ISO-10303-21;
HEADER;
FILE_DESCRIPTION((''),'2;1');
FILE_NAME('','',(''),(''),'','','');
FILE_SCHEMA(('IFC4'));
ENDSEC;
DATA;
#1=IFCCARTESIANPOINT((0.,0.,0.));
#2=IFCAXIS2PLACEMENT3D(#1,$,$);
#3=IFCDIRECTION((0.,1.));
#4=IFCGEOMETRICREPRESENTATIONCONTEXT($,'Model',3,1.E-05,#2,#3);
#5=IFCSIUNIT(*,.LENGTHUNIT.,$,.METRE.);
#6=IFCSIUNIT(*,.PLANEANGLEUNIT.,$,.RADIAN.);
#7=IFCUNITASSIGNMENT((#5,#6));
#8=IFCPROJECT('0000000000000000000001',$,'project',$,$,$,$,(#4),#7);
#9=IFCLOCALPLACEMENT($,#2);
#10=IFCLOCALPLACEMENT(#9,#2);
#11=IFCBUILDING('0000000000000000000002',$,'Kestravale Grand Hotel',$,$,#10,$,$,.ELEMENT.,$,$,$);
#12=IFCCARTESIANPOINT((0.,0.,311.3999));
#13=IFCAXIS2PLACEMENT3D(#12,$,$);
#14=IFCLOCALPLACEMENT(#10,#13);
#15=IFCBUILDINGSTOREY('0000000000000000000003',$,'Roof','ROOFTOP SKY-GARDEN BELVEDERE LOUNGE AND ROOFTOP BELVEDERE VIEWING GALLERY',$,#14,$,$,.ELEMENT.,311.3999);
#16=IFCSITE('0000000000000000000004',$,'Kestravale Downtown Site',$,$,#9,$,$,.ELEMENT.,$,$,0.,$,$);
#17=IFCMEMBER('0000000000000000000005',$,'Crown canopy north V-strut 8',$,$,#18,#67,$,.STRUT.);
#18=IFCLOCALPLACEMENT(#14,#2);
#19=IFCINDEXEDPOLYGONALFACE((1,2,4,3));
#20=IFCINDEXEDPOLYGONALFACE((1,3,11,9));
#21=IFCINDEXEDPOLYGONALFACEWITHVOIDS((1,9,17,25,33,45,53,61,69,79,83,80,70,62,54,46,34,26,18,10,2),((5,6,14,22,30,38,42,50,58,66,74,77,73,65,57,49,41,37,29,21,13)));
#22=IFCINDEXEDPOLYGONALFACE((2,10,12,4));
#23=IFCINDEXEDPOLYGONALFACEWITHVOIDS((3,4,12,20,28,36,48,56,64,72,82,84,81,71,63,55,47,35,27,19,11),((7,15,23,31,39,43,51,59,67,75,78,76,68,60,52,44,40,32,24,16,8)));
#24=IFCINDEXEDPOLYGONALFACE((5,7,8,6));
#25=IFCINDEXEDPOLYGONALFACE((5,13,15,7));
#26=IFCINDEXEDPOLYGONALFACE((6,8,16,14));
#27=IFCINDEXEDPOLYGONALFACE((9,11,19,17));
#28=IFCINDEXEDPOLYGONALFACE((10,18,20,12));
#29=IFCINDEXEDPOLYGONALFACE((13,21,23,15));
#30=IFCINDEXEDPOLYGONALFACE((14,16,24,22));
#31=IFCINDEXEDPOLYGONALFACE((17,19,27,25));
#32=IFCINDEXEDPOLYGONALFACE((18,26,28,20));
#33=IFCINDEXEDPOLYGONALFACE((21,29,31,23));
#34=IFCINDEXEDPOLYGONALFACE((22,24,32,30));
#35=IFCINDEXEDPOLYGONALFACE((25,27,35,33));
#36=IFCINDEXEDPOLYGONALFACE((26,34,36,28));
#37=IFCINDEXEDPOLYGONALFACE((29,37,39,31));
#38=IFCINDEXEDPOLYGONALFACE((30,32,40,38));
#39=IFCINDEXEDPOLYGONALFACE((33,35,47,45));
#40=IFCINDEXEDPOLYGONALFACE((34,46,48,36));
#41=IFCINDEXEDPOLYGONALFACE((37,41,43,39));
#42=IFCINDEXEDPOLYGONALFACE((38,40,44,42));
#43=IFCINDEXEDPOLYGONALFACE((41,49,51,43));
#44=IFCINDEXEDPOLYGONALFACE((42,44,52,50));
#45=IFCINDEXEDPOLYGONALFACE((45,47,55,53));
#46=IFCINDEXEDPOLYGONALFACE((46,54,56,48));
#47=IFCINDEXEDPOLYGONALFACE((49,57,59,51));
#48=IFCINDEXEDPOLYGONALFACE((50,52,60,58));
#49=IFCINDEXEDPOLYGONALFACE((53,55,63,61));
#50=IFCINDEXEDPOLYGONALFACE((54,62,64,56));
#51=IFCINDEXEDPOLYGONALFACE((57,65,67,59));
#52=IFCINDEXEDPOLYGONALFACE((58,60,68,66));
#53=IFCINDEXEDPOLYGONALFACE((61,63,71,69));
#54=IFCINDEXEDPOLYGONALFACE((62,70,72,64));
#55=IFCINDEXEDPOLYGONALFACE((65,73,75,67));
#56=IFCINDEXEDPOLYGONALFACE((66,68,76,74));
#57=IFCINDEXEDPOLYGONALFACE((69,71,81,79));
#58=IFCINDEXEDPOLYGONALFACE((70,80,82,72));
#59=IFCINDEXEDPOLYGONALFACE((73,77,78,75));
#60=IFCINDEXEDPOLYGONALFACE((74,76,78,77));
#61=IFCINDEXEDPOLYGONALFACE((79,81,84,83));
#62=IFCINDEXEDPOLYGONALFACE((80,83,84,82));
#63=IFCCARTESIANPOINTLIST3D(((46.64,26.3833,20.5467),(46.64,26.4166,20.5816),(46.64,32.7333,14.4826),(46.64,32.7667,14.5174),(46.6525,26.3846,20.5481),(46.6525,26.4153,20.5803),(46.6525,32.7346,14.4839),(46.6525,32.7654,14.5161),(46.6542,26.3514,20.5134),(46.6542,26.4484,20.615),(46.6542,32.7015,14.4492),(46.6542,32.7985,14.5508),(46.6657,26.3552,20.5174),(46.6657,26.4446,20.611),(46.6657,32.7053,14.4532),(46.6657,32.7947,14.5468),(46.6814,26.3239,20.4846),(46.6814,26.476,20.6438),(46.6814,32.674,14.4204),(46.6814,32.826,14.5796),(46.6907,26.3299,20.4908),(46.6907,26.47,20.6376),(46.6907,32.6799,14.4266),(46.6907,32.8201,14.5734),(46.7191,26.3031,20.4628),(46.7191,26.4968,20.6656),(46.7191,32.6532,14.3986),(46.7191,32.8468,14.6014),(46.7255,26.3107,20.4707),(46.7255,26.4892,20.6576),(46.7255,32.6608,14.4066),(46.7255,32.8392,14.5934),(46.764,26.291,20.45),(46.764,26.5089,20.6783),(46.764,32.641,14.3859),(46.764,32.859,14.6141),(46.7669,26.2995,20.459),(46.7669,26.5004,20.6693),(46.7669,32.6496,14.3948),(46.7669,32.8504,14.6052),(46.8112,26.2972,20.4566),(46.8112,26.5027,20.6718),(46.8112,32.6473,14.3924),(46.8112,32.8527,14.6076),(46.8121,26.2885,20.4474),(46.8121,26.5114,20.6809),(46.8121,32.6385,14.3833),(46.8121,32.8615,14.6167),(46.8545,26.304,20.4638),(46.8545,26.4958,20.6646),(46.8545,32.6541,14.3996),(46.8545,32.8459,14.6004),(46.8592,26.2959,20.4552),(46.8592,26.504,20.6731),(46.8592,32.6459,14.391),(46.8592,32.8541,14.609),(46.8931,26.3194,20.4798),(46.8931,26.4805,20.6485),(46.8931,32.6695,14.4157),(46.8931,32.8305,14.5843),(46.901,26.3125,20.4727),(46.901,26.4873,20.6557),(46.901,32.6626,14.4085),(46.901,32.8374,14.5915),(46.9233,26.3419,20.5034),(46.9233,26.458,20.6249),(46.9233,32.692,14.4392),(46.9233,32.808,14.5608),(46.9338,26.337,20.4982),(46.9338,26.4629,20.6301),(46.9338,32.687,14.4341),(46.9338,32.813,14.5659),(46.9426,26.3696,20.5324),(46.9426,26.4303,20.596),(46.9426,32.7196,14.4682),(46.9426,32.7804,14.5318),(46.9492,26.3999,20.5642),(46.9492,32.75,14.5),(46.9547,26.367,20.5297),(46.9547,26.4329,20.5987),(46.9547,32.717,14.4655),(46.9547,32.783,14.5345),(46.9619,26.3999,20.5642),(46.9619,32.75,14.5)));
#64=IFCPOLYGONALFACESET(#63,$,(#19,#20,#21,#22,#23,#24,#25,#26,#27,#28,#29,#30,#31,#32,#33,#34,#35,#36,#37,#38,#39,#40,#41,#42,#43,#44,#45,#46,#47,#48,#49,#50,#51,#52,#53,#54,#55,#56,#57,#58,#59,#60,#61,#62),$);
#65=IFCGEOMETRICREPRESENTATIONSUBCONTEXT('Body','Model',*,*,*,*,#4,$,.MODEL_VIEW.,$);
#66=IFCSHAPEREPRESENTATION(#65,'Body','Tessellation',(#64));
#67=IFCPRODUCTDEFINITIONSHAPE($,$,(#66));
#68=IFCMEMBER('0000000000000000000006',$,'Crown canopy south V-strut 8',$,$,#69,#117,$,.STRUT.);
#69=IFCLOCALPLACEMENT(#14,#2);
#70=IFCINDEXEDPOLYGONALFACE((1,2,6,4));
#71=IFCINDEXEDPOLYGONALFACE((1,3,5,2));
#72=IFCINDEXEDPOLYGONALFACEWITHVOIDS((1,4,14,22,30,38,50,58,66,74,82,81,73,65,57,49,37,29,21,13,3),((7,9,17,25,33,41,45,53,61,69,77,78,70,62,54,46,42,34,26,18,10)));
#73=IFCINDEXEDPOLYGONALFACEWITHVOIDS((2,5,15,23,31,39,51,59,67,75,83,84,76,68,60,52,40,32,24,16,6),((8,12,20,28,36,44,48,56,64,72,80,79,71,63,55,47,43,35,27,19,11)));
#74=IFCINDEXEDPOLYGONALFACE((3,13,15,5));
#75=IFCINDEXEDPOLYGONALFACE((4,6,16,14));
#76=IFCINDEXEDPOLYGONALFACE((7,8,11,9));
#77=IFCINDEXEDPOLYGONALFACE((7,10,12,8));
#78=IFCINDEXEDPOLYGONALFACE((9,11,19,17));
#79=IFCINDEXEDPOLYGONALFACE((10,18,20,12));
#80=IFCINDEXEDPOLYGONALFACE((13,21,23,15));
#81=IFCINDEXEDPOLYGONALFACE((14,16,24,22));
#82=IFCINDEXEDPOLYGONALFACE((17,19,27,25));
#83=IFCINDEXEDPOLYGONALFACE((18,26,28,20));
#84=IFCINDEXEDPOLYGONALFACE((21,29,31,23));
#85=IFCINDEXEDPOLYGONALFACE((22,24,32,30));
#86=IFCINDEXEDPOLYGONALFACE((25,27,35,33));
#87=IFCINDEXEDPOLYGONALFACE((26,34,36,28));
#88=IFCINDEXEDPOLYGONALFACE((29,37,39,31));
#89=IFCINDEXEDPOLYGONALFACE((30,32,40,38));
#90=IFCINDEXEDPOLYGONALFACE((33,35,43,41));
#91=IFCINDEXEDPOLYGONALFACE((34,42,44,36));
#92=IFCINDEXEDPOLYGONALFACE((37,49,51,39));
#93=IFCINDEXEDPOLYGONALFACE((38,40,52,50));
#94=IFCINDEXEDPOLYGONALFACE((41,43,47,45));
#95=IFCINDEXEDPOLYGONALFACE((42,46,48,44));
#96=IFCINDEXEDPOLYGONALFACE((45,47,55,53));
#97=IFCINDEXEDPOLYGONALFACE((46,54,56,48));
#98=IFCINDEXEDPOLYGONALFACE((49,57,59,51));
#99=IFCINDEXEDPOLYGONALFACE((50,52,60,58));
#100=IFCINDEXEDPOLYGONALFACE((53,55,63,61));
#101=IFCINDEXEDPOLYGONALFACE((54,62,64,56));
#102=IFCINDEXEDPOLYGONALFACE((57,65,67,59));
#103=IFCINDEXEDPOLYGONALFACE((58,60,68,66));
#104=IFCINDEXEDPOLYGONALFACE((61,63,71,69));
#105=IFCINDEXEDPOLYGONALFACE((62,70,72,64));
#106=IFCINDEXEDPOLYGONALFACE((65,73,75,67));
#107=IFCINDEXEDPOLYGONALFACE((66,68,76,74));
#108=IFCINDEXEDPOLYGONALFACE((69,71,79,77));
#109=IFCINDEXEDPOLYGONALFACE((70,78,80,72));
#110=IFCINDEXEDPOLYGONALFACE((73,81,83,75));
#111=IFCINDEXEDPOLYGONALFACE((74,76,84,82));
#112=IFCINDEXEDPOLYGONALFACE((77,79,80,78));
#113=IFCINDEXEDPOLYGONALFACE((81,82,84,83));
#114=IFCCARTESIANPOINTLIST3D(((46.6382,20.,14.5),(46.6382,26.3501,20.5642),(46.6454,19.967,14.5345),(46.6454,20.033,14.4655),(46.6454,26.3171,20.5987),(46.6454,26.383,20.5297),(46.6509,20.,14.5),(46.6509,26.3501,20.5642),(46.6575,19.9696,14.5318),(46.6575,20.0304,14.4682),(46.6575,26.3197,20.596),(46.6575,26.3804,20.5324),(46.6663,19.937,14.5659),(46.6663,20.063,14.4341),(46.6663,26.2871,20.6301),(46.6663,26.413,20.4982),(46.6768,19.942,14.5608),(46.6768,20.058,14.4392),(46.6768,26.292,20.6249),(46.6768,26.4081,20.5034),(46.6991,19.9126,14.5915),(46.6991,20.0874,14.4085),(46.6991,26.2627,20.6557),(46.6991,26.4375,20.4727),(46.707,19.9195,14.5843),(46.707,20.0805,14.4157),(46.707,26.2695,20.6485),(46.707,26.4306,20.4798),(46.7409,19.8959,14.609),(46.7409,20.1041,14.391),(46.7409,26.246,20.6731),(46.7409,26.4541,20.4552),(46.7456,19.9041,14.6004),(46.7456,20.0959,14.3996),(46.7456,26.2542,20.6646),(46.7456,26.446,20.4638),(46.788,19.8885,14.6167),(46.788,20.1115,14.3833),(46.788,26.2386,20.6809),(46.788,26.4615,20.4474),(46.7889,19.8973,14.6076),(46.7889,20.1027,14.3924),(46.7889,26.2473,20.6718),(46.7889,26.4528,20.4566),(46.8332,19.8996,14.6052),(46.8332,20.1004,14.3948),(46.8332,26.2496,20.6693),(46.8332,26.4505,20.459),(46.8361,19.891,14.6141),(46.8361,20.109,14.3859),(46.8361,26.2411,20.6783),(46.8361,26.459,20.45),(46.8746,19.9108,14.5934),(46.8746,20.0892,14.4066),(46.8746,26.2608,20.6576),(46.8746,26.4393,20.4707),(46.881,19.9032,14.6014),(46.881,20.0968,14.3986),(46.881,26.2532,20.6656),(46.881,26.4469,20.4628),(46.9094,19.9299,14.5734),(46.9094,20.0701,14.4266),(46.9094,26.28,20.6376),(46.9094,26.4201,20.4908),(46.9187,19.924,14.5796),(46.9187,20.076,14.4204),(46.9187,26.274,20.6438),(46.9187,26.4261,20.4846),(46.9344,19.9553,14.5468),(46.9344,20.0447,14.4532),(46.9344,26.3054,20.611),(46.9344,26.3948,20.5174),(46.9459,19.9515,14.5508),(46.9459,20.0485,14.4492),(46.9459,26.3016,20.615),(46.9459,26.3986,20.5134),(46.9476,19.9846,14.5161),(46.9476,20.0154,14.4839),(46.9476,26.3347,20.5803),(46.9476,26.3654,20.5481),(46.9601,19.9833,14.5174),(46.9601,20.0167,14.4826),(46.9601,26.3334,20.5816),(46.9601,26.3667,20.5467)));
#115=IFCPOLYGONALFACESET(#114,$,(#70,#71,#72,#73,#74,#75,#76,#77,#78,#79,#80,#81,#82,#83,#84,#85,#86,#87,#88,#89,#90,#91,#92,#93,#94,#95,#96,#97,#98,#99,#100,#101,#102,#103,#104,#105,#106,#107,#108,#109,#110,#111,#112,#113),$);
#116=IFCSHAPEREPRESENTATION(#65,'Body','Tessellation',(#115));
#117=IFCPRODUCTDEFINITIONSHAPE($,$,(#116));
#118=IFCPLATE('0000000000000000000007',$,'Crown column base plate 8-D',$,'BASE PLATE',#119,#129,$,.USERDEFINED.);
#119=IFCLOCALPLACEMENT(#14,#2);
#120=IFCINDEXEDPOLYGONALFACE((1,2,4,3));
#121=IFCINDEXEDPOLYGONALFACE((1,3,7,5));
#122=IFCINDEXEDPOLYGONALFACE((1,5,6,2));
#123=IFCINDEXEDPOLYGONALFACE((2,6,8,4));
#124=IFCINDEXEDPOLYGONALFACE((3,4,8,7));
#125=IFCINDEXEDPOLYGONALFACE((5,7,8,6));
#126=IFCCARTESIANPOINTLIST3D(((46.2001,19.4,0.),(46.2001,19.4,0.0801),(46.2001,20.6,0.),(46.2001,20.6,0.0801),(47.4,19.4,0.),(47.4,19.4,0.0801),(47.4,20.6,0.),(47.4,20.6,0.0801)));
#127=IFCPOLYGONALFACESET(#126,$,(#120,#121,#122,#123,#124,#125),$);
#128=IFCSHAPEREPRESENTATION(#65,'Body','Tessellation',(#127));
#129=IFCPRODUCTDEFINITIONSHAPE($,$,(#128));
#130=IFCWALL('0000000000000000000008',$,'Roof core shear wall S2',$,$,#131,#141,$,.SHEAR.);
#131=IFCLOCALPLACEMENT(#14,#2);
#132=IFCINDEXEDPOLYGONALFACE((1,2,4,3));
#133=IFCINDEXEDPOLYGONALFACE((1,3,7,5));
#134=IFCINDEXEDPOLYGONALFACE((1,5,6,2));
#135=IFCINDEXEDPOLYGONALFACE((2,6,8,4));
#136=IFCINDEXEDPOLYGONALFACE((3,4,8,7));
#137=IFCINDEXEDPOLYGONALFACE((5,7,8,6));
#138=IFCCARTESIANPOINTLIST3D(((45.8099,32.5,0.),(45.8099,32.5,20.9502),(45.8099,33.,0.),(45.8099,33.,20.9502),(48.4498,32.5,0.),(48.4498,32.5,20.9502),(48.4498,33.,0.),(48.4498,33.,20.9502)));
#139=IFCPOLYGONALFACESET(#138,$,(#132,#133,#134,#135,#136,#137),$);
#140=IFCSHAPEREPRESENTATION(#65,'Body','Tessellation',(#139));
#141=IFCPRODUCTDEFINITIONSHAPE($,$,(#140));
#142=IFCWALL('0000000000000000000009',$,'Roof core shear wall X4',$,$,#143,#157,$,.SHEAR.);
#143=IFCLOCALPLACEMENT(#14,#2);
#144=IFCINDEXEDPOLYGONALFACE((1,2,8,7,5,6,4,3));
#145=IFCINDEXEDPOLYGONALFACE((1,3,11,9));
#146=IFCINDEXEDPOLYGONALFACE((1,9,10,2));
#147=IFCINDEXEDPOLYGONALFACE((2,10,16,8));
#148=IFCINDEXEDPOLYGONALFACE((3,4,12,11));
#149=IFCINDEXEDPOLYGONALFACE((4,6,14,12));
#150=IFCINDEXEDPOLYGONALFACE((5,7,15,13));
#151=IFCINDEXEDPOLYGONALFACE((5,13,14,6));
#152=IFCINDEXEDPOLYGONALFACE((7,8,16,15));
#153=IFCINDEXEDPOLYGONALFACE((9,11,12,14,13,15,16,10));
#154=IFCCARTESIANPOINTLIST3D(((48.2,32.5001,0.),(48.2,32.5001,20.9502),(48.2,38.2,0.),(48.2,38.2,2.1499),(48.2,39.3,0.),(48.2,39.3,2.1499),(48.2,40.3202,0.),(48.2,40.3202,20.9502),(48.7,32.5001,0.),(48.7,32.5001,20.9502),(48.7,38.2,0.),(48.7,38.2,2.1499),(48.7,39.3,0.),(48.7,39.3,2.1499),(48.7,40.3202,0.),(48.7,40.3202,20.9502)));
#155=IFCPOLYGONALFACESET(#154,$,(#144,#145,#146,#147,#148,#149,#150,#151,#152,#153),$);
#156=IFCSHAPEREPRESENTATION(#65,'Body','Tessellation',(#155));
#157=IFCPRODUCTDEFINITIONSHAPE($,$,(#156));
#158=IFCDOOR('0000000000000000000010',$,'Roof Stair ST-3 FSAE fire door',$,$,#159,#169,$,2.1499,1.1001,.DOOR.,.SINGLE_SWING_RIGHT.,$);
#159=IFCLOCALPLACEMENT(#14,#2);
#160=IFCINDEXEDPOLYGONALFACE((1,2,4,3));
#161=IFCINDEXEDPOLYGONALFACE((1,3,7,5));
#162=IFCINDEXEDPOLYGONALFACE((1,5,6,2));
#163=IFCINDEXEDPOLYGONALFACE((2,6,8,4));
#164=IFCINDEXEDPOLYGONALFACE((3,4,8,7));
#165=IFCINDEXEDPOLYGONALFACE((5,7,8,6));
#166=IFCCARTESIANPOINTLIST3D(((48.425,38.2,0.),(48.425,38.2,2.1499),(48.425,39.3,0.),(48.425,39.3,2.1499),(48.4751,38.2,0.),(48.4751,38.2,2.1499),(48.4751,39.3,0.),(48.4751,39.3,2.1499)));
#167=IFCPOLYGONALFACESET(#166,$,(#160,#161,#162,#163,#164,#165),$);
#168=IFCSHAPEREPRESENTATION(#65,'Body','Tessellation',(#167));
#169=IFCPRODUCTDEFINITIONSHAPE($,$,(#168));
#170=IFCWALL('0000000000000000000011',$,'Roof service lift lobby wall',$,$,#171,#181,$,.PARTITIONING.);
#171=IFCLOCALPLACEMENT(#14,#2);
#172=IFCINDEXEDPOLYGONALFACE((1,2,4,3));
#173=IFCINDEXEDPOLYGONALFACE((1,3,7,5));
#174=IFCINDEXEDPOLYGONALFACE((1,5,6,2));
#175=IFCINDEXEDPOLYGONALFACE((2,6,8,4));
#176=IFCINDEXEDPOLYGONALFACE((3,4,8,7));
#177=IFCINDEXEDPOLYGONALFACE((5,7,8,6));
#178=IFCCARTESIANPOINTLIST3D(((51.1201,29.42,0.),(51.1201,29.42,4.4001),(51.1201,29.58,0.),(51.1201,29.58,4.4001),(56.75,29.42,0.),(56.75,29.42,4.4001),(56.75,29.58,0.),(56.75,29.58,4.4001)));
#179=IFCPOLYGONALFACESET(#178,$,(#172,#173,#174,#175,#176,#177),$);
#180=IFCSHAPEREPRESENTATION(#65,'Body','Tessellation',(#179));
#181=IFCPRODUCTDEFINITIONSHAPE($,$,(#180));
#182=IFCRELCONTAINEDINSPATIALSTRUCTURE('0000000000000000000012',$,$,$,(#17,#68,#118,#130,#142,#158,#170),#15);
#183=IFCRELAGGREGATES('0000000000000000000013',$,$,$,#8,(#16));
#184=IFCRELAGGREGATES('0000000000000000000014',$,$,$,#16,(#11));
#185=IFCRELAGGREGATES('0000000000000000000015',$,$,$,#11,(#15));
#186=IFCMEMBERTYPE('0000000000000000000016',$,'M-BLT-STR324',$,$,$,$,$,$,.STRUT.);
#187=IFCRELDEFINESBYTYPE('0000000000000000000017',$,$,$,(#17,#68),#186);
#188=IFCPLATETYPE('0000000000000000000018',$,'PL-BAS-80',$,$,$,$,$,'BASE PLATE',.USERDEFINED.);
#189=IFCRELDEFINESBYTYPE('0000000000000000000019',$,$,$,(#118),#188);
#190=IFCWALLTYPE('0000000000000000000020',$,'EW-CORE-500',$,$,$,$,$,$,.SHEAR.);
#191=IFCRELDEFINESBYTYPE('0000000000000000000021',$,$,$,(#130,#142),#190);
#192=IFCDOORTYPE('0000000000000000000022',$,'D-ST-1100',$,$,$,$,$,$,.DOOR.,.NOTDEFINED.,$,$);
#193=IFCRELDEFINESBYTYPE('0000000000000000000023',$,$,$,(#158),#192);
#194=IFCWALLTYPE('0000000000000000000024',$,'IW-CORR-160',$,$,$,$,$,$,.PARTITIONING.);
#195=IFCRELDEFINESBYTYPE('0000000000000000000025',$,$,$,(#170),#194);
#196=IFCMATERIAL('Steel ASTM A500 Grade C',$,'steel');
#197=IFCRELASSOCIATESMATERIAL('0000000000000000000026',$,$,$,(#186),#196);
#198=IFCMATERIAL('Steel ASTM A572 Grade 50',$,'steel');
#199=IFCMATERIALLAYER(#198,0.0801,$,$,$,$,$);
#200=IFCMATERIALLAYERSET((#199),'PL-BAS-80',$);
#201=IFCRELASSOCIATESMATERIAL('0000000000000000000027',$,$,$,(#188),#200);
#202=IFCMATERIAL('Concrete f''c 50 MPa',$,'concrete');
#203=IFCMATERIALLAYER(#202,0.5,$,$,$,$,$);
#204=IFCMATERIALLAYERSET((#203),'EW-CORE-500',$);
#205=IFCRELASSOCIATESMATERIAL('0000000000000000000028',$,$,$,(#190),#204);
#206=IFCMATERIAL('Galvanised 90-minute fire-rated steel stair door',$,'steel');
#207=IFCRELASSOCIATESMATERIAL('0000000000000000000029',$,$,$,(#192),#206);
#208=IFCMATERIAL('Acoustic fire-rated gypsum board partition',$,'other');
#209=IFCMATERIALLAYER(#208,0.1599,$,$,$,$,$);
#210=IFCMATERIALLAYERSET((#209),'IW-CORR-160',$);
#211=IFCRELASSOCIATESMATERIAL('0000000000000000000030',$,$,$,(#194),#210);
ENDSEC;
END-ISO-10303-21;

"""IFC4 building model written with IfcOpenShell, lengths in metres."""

from ifc_helpers import new_model, si_unit, direction, frame, frame_2d, origin, origin_2d, place, context, subcontext, project, spatial, rectangle, hollow_circle, extrude, material, layer, layer_set, material_profile, profile_set, type_object, element, fill, save


model = new_model("IFC4")

# Units and contexts
model_context = context("Model", 3, precision=1e-05, world=origin(), true_north=direction((0.0, 1.0)))
body_context = subcontext(model_context, "Body", "Model", "MODEL_VIEW")
ifc_project = project(units=[si_unit("LENGTHUNIT", "METRE"), si_unit("PLANEANGLEUNIT", "RADIAN")], contexts=[model_context])

# Site, building, storey
site_placement = place(None, origin())
site = spatial("IfcSite", under=ifc_project, at=site_placement, Name="Kestravale Downtown Site", CompositionType="ELEMENT", RefElevation=0.0)
building_placement = place(site_placement, origin())
building = spatial("IfcBuilding", under=site, at=building_placement, Name="Kestravale Grand Hotel", CompositionType="ELEMENT")
storey_placement = place(building_placement, frame((0.0, 0.0, 311.3999)))
storey = spatial("IfcBuildingStorey", under=building, at=storey_placement, Name="Roof", Description="ROOFTOP SKY-GARDEN BELVEDERE LOUNGE AND ROOFTOP BELVEDERE VIEWING GALLERY", CompositionType="ELEMENT", Elevation=311.3999)

# Members
ifc_material_1 = material(Name="Steel ASTM A500 Grade C", Category="steel")
ifc_material_profile_1 = material_profile(ifc_material_1, hollow_circle(Radius=0.1619, WallThickness=0.0127, at=origin_2d()))
ifc_profile_set_1 = profile_set([ifc_material_profile_1], Name="Steel ASTM A500 Grade C")
member_type = type_object("IfcMemberType", Name="M-BLT-STR324", PredefinedType="STRUT", material=ifc_profile_set_1)
for number, where, z_axis, x_axis, name in (
    (1, (46.8, 32.75, 14.5), (0.0, -0.723199, 0.69064), (1.0, 0.0, 0.0), "Crown canopy north V-strut 8"),
    (2, (46.8, 20.0, 14.5), (0.0, 0.723199, 0.69064), (-1.0, 0.0, 0.0), "Crown canopy south V-strut 8"),
):
    element("IfcMember", number, at=place(storey_placement, frame(where, z_axis=z_axis, x_axis=x_axis)), inside=storey, type_object=member_type, Name=name, PredefinedType="STRUT", context=body_context, shape_type="SweptSolid", body=[
        extrude(hollow_circle(Radius=0.1619, WallThickness=0.0127, at=origin_2d()), origin(), (0.0, 0.0, 1.0), 8.7805),
    ])

# Plate
ifc_material_2 = material(Name="Steel ASTM A572 Grade 50", Category="steel")
ifc_layer_1 = layer(ifc_material_2, 0.0801)
ifc_layer_set_1 = layer_set([ifc_layer_1], Name="PL-BAS-80")
plate_type = type_object("IfcPlateType", Name="PL-BAS-80", ElementType="BASE PLATE", PredefinedType="USERDEFINED", material=ifc_layer_set_1)
plate_placement = place(storey_placement, frame((46.8, 20.0, 0.0), z_axis=(0.0, 0.0, 1.0), x_axis=(1.0, 0.0, 0.0)))
element("IfcPlate", 3, at=plate_placement, inside=storey, type_object=plate_type, Name="Crown column base plate 8-D", ObjectType="BASE PLATE", PredefinedType="USERDEFINED", context=body_context, shape_type="SweptSolid", body=[
    extrude(rectangle(XDim=1.2, YDim=1.2, at=origin_2d()), origin(), (0.0, 0.0, 1.0), 0.0801),
])

# Wall
ifc_material_3 = material(Name="Concrete f'c 50 MPa", Category="concrete")
ifc_layer_2 = layer(ifc_material_3, 0.5)
ifc_layer_set_2 = layer_set([ifc_layer_2], Name="EW-CORE-500")
wall_type_1 = type_object("IfcWallType", Name="EW-CORE-500", PredefinedType="SHEAR", material=ifc_layer_set_2)
wall_1_placement = place(storey_placement, frame((45.8101, 32.75, 0.0), z_axis=(0.0, 0.0, 1.0), x_axis=(1.0, 0.0, 0.0)))
element("IfcWall", 4, at=wall_1_placement, inside=storey, type_object=wall_type_1, Name="Roof core shear wall S2", PredefinedType="SHEAR", context=body_context, shape_type="SweptSolid", body=[
    extrude(rectangle(XDim=2.6399, YDim=0.5, at=frame_2d((1.3198, 0.0))), origin(), (0.0, 0.0, 1.0), 20.9502),
])

# Wall, opening, door
wall_2_placement = place(storey_placement, frame((48.45, 32.5, 0.0), z_axis=(0.0, 0.0, 1.0), x_axis=(0.0, 1.0, 0.0)))
wall_2 = element("IfcWall", 5, at=wall_2_placement, inside=storey, type_object=wall_type_1, Name="Roof core shear wall X4", PredefinedType="SHEAR", context=body_context, shape_type="SweptSolid", body=[
    extrude(rectangle(XDim=7.8201, YDim=0.5, at=frame_2d((3.9102, 0.0))), origin(), (0.0, 0.0, 1.0), 20.9502),
])
opening_1_placement = place(wall_2_placement, frame((5.7, 0.0, 0.0)))
opening_1 = element("IfcOpeningElement", 6, at=opening_1_placement, cuts=wall_2, PredefinedType="OPENING", context=body_context, shape_type="SweptSolid", body=[
    extrude(rectangle(XDim=1.1001, YDim=2.1499, at=frame_2d((0.55, 1.075))), frame((0.0, 0.26, 0.0), z_axis=(0.0, -1.0, 0.0), x_axis=(1.0, 0.0, 0.0)), (0.0, 0.0, 1.0), 0.52),
])
ifc_material_4 = material(Name="Galvanised 90-minute fire-rated steel stair door", Category="steel")
door_type_1 = type_object("IfcDoorType", Name="D-ST-1100", OperationType="NOTDEFINED", PredefinedType="DOOR", material=ifc_material_4)
door_1_placement = place(opening_1_placement, origin())
door_1 = element("IfcDoor", 7, at=door_1_placement, inside=storey, type_object=door_type_1, Name="Roof Stair ST-3 FSAE fire door", OperationType="SINGLE_SWING_RIGHT", OverallHeight=2.1499, OverallWidth=1.1001, PredefinedType="DOOR", context=body_context, shape_type="SweptSolid", body=[
    extrude(rectangle(XDim=1.1001, YDim=2.1499, at=frame_2d((0.55, 1.075))), frame((0.0, 0.0249, 0.0), z_axis=(0.0, -1.0, 0.0), x_axis=(1.0, 0.0, 0.0)), (0.0, 0.0, 1.0), 0.05),
])
fill(opening_1, door_1)
ifc_material_5 = material(Name="Acoustic fire-rated gypsum board partition", Category="other")
ifc_layer_3 = layer(ifc_material_5, 0.1599)
ifc_layer_set_3 = layer_set([ifc_layer_3], Name="IW-CORR-160")
wall_type_2 = type_object("IfcWallType", Name="IW-CORR-160", PredefinedType="PARTITIONING", material=ifc_layer_set_3)

# Wall
wall_3_placement = place(storey_placement, frame((51.1201, 29.5, 0.0), z_axis=(0.0, 0.0, 1.0), x_axis=(1.0, 0.0, 0.0)))
element("IfcWall", 8, at=wall_3_placement, inside=storey, type_object=wall_type_2, Name="Roof service lift lobby wall", PredefinedType="PARTITIONING", context=body_context, shape_type="SweptSolid", body=[
    extrude(rectangle(XDim=5.6299, YDim=0.1599, at=frame_2d((2.8149, 0.0))), origin(), (0.0, 0.0, 1.0), 4.4001),
])

save(model, "model.ifc")
